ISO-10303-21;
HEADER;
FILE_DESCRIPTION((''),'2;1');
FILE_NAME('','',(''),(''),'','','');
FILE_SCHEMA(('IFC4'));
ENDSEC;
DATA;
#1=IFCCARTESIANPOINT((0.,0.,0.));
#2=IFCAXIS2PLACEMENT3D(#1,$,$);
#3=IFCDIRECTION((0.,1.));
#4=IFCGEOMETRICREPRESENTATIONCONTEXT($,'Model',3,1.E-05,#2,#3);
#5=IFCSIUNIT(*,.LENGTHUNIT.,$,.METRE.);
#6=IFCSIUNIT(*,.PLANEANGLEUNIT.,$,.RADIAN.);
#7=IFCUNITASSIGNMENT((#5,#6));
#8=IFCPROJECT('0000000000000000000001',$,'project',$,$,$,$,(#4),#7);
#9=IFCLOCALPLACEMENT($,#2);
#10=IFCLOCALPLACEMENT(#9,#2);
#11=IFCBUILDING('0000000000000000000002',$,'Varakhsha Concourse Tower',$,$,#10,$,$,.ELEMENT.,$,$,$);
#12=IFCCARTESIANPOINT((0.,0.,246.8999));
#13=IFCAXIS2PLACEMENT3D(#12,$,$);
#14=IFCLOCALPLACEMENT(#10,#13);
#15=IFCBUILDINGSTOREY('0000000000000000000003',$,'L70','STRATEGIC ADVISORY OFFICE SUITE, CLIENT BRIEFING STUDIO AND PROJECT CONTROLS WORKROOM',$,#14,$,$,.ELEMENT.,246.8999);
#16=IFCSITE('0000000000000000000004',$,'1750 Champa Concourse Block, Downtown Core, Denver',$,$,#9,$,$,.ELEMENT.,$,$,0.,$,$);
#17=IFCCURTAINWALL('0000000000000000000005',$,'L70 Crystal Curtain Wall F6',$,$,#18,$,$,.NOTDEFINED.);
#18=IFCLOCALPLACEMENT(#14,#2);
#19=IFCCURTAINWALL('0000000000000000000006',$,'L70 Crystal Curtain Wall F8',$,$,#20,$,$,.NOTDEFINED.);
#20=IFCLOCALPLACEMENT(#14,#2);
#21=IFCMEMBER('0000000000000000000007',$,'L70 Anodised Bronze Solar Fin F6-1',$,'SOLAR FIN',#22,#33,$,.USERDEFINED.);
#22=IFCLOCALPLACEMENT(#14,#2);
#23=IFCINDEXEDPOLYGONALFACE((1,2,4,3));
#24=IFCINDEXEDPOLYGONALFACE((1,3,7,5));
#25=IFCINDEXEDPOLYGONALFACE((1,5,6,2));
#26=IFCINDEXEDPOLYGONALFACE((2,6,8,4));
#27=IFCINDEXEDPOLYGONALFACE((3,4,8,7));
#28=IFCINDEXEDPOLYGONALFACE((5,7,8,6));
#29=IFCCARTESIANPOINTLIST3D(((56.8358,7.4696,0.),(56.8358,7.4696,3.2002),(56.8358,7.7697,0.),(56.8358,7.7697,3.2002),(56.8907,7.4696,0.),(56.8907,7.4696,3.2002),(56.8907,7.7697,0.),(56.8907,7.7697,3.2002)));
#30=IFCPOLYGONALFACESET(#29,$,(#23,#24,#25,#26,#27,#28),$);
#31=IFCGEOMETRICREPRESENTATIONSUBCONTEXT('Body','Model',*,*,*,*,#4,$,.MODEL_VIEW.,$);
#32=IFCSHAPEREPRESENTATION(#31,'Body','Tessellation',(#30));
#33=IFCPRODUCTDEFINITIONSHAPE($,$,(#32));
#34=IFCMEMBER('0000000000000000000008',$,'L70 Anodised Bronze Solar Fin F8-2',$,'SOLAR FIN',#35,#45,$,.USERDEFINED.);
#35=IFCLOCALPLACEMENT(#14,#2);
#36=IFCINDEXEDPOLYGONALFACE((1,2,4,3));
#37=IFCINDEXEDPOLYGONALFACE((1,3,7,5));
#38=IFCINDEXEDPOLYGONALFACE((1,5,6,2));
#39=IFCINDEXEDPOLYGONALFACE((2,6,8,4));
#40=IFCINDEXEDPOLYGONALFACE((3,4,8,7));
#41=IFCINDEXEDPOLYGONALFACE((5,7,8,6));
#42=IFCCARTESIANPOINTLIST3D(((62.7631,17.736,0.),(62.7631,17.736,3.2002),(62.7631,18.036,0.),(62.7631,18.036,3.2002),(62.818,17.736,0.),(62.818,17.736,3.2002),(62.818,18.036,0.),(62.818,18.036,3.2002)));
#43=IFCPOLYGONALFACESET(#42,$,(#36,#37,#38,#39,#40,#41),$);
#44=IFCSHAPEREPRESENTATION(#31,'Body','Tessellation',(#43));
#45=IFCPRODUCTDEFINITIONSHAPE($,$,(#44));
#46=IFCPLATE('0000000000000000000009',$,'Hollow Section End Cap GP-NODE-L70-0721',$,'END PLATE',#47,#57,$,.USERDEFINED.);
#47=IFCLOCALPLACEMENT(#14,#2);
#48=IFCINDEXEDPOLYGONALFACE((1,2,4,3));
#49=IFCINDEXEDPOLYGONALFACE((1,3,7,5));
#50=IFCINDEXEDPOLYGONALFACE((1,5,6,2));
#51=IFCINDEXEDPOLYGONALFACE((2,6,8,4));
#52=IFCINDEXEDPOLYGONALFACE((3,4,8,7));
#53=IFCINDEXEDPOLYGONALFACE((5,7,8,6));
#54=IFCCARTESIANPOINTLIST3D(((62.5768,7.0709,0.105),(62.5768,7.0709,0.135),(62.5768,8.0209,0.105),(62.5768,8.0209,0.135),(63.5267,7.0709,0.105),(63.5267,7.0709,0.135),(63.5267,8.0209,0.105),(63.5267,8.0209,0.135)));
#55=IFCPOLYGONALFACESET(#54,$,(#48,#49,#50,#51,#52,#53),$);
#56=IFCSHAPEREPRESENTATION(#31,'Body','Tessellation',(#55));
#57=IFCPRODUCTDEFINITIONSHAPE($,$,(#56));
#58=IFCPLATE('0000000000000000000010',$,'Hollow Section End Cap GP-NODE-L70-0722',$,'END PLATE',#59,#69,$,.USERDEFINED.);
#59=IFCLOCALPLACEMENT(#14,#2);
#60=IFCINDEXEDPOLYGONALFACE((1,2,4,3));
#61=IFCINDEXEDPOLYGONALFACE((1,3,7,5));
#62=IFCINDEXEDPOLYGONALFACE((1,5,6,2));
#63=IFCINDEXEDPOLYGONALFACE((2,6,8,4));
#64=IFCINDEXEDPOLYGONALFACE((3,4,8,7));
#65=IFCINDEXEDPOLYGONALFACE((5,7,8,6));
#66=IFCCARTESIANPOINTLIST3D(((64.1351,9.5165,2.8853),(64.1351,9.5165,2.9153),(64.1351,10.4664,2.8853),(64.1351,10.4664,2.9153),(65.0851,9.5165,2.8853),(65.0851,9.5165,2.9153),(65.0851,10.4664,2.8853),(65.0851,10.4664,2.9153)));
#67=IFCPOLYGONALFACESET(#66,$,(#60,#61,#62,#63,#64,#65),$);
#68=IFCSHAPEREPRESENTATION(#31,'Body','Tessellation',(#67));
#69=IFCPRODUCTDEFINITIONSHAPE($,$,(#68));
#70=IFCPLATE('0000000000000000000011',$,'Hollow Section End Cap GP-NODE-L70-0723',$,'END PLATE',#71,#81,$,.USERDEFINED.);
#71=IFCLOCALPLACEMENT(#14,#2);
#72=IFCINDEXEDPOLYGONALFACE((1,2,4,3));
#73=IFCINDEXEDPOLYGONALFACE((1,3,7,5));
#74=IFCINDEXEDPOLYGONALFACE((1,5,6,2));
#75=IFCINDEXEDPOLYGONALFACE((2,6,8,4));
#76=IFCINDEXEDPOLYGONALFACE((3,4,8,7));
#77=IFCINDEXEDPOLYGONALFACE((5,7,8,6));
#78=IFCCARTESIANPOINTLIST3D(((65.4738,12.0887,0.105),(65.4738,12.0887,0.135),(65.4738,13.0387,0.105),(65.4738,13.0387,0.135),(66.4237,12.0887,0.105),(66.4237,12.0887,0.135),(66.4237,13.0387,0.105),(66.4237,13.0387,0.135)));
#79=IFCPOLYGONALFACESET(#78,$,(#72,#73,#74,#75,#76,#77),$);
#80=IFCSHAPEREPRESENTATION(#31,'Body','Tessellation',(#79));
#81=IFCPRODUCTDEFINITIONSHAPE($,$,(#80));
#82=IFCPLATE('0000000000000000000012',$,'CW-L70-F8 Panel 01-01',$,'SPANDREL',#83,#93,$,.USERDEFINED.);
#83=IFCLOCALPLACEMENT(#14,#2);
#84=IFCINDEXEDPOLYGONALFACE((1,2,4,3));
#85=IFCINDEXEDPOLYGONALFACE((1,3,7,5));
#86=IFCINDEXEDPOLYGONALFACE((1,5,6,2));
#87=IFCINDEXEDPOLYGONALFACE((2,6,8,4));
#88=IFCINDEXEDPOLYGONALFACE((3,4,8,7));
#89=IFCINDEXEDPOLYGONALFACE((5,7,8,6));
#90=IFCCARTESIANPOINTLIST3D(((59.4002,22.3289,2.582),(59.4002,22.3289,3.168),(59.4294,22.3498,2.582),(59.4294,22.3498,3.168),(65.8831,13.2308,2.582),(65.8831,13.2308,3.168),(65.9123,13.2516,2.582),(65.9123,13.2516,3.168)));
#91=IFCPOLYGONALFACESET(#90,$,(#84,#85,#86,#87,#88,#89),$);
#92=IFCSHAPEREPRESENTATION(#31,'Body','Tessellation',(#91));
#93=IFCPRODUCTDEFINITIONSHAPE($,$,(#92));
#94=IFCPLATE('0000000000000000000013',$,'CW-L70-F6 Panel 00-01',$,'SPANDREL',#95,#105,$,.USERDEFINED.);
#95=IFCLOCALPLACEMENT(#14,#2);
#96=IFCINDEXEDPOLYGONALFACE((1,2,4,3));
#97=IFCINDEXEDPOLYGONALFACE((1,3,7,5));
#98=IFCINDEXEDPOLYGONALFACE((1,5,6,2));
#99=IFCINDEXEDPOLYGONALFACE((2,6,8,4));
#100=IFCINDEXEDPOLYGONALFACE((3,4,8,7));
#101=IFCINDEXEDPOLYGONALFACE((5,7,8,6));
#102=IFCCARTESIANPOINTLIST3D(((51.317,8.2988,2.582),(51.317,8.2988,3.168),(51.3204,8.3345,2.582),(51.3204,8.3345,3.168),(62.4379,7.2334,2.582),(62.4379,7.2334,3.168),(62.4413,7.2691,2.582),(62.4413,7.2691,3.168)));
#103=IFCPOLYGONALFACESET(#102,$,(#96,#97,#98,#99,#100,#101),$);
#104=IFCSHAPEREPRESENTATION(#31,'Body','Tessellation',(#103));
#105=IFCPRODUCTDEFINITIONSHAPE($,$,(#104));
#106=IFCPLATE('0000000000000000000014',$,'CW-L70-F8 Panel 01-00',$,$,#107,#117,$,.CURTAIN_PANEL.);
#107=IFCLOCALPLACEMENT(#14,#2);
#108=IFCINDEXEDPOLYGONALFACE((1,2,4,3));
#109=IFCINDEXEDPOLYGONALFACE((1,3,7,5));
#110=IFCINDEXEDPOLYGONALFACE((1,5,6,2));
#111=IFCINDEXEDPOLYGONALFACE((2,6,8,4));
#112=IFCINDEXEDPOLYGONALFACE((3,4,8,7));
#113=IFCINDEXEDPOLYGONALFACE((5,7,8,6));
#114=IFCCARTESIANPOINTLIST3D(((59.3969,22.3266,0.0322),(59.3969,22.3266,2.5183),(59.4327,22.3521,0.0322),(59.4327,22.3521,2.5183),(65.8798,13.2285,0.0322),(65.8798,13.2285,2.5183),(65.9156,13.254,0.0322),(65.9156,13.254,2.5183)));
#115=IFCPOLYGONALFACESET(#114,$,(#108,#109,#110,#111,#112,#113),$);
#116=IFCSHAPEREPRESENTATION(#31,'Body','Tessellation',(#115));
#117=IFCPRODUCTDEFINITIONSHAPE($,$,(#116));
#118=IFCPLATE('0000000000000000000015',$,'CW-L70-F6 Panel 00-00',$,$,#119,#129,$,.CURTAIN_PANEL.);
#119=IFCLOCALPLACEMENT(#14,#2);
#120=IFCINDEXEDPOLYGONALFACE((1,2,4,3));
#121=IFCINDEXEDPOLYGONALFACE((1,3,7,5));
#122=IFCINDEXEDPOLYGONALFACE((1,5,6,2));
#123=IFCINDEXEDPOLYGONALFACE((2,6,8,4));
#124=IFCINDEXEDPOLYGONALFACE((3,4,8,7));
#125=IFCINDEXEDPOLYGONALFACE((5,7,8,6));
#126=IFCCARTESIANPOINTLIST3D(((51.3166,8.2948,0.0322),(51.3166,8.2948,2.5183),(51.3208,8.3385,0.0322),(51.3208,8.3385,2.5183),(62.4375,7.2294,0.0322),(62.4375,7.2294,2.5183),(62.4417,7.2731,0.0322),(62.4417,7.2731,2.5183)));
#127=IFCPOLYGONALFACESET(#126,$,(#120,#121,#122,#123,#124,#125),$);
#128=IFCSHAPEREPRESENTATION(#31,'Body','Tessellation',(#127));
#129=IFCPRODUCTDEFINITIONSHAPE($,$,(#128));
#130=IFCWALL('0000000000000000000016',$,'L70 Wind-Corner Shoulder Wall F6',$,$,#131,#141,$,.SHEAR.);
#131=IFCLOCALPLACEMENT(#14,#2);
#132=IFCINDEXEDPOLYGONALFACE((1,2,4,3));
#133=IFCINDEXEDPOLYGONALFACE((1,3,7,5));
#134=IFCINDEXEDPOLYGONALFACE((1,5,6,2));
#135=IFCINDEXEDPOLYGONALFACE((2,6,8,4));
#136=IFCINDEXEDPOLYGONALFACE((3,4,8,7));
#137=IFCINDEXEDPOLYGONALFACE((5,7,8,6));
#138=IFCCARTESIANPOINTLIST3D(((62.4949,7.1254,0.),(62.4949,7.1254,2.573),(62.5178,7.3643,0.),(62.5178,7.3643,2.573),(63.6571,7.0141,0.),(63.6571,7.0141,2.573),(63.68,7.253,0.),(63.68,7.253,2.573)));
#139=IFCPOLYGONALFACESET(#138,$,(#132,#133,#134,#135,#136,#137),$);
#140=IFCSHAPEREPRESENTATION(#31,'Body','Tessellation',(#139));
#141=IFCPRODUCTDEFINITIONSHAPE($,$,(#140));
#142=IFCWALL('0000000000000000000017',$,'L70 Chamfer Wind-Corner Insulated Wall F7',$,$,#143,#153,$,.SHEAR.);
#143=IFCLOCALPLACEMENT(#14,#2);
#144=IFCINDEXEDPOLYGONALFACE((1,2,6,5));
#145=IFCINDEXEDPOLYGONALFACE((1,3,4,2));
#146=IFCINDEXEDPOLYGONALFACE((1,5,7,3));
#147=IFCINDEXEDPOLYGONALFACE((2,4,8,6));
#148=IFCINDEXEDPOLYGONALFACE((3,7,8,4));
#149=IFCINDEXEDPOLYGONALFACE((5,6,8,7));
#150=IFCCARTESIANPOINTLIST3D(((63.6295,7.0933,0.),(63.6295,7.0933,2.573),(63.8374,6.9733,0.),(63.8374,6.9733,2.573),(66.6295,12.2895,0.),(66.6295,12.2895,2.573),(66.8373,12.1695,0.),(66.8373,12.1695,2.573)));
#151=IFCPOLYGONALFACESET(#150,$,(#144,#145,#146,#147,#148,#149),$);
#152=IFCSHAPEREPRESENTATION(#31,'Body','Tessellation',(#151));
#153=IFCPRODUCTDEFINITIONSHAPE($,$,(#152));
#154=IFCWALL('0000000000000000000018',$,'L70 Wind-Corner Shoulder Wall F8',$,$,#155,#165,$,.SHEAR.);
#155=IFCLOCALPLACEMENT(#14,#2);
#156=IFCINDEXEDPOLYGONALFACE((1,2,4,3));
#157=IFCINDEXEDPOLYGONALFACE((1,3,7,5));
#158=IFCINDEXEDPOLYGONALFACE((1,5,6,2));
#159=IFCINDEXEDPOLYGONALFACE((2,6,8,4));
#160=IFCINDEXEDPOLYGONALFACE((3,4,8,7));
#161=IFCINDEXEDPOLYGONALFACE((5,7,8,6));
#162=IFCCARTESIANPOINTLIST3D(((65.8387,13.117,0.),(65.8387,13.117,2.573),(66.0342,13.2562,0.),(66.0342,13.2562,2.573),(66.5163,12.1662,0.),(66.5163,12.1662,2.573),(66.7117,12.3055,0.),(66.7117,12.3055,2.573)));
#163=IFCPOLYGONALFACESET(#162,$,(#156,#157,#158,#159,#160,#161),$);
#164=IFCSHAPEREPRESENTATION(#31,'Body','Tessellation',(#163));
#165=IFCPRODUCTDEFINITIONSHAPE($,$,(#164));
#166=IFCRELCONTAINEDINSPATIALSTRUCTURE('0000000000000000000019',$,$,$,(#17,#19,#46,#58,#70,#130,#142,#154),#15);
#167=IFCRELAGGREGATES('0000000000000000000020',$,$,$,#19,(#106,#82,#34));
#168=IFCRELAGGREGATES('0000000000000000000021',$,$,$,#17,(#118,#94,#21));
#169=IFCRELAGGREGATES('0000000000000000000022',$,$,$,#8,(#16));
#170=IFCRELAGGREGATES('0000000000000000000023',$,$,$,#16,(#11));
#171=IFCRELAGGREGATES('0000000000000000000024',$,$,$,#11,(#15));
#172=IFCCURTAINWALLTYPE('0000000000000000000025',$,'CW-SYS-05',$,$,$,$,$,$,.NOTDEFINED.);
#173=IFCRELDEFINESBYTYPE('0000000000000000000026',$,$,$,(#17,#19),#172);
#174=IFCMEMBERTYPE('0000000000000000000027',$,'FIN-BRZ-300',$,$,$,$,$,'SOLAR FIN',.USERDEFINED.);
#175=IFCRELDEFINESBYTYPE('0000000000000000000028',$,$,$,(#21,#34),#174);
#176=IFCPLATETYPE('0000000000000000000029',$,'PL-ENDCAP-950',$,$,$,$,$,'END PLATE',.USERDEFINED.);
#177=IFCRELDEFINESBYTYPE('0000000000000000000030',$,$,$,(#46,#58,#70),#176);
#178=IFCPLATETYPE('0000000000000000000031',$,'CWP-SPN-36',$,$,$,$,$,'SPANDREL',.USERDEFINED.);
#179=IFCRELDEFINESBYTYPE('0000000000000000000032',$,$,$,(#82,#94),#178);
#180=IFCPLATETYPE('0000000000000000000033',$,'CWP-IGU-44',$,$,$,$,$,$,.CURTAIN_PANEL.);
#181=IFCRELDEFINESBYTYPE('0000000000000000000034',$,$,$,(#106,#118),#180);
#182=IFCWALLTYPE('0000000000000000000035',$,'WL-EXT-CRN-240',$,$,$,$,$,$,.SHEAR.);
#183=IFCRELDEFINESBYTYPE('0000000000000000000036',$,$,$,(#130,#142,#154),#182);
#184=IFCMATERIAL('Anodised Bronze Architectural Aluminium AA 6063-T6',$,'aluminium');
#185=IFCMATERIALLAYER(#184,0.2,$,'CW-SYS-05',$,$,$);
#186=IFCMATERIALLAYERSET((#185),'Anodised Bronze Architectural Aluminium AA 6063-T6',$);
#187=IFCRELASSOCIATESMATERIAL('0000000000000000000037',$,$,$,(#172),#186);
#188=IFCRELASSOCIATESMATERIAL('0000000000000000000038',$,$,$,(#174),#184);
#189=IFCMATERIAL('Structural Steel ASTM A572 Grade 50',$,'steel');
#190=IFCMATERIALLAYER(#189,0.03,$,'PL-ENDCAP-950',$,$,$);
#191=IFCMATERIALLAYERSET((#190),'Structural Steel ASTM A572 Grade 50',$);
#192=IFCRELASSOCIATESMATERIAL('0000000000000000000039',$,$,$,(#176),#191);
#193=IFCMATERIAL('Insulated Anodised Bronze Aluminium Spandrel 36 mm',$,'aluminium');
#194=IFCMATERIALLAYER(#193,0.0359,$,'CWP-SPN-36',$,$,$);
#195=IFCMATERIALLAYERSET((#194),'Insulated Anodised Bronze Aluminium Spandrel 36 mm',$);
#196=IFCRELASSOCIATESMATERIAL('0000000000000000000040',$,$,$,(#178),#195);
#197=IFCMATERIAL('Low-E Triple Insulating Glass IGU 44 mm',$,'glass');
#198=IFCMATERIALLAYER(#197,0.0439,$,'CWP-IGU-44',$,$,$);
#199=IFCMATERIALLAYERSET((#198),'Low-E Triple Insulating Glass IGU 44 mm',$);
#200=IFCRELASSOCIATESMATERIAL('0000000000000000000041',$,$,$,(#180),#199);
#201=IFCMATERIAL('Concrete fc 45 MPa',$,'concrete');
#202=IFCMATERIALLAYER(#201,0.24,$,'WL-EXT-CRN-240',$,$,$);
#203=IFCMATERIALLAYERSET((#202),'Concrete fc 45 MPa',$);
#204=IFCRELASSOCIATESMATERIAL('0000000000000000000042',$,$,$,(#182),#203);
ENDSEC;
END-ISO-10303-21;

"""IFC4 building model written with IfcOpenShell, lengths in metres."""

from ifc_helpers import new_model, si_unit, direction, frame, frame_2d, origin, origin_2d, place, context, subcontext, project, spatial, rectangle, extrude, source, transform, mapped, material, layer, layer_set, material_profile, profile_set, type_object, type_shapes, element, aggregate, save


model = new_model("IFC4")

# Units and contexts
model_context = context("Model", 3, precision=1e-05, world=origin(), true_north=direction((0.0, 1.0)))
body_context = subcontext(model_context, "Body", "Model", "MODEL_VIEW")
ifc_project = project(units=[si_unit("LENGTHUNIT", "METRE"), si_unit("PLANEANGLEUNIT", "RADIAN")], contexts=[model_context])

# Site, building, storey
site_placement = place(None, origin())
site = spatial("IfcSite", under=ifc_project, at=site_placement, Name="1750 Champa Concourse Block, Downtown Core, Denver", CompositionType="ELEMENT", RefElevation=0.0)
building_placement = place(site_placement, origin())
building = spatial("IfcBuilding", under=site, at=building_placement, Name="Varakhsha Concourse Tower", CompositionType="ELEMENT")
storey_placement = place(building_placement, frame((0.0, 0.0, 246.8999)))
storey = spatial("IfcBuildingStorey", under=building, at=storey_placement, Name="L70", Description="STRATEGIC ADVISORY OFFICE SUITE, CLIENT BRIEFING STUDIO AND PROJECT CONTROLS WORKROOM", CompositionType="ELEMENT", Elevation=246.8999)

# Shared definitions
ifc_material_1 = material(Name="Structural Steel ASTM A572 Grade 50", Category="steel")

# Curtain walls
ifc_material_2 = material(Name="Anodised Bronze Architectural Aluminium AA 6063-T6", Category="aluminium")
ifc_layer_1 = layer(ifc_material_2, 0.2, Name="CW-SYS-05")
ifc_layer_set_1 = layer_set([ifc_layer_1], Name="Anodised Bronze Architectural Aluminium AA 6063-T6")
curtain_wall_type = type_object("IfcCurtainWallType", Name="CW-SYS-05", PredefinedType="NOTDEFINED", material=ifc_layer_set_1)
curtain_wall_1_placement = place(storey_placement, origin())
curtain_wall_1 = element("IfcCurtainWall", 1, at=curtain_wall_1_placement, inside=storey, type_object=curtain_wall_type, Name="L70 Crystal Curtain Wall F6", PredefinedType="NOTDEFINED")
curtain_wall_2_placement = place(storey_placement, origin())
curtain_wall_2 = element("IfcCurtainWall", 2, at=curtain_wall_2_placement, inside=storey, type_object=curtain_wall_type, Name="L70 Crystal Curtain Wall F8", PredefinedType="NOTDEFINED")

# Members
ifc_material_profile_1 = material_profile(ifc_material_2, rectangle(XDim=0.0549, YDim=0.3, at=origin_2d()), Name="FIN-BRZ-300")
ifc_profile_set_1 = profile_set([ifc_material_profile_1], Name="Anodised Bronze Architectural Aluminium AA 6063-T6")
member_type_1 = type_object("IfcMemberType", Name="FIN-BRZ-300", ElementType="SOLAR FIN", PredefinedType="USERDEFINED", material=ifc_profile_set_1)
shared_shape_1 = source(origin(), body_context, "Body", "SweptSolid", [
    extrude(rectangle(XDim=0.0549, YDim=0.3, at=origin_2d()), origin(), (0.0, 0.0, 1.0), 3.2002),
])
type_shapes(member_type_1, [shared_shape_1])
member_1_placement = place(storey_placement, frame((56.8633, 7.6196, 0.0), z_axis=(0.0, 0.0, 1.0), x_axis=(1.0, 0.0, 0.0)))
member_1 = element("IfcMember", 3, at=member_1_placement, type_object=member_type_1, Name="L70 Anodised Bronze Solar Fin F6-1", ObjectType="SOLAR FIN", PredefinedType="USERDEFINED", context=body_context, shape_type="MappedRepresentation", body=[
    mapped(shared_shape_1, transform((0.0, 0.0, 0.0), scale=1.0)),
])
member_2_placement = place(storey_placement, frame((62.7905, 17.886, 0.0), z_axis=(0.0, 0.0, 1.0), x_axis=(1.0, 0.0, 0.0)))
member_2 = element("IfcMember", 4, at=member_2_placement, type_object=member_type_1, Name="L70 Anodised Bronze Solar Fin F8-2", ObjectType="SOLAR FIN", PredefinedType="USERDEFINED", context=body_context, shape_type="MappedRepresentation", body=[
    mapped(shared_shape_1, transform((0.0, 0.0, 0.0), scale=1.0)),
])

# Plates
ifc_layer_2 = layer(ifc_material_1, 0.03, Name="PL-ENDCAP-950")
ifc_layer_set_2 = layer_set([ifc_layer_2], Name="Structural Steel ASTM A572 Grade 50")
plate_type_1 = type_object("IfcPlateType", Name="PL-ENDCAP-950", ElementType="END PLATE", PredefinedType="USERDEFINED", material=ifc_layer_set_2)
shared_shape_2 = source(origin(), body_context, "Body", "SweptSolid", [
    extrude(rectangle(XDim=0.95, YDim=0.95, at=origin_2d()), origin(), (0.0, 0.0, 1.0), 0.03),
])
type_shapes(plate_type_1, [shared_shape_2])
for number, where, z_axis, x_axis, name in (
    (5, (63.0518, 7.5459, 0.105), (0.0, 0.0, 1.0), (1.0, 0.0, 0.0), "Hollow Section End Cap GP-NODE-L70-0721"),
    (6, (64.6101, 9.9915, 2.8853), (0.0, 0.0, 1.0), (1.0, 0.0, 0.0), "Hollow Section End Cap GP-NODE-L70-0722"),
    (7, (65.9487, 12.5637, 0.105), (0.0, 0.0, 1.0), (1.0, 0.0, 0.0), "Hollow Section End Cap GP-NODE-L70-0723"),
):
    element("IfcPlate", number, at=place(storey_placement, frame(where, z_axis=z_axis, x_axis=x_axis)), inside=storey, type_object=plate_type_1, Name=name, ObjectType="END PLATE", PredefinedType="USERDEFINED", context=body_context, shape_type="MappedRepresentation", body=[
        mapped(shared_shape_2, transform((0.0, 0.0, 0.0), scale=1.0)),
    ])

# Plates
ifc_material_3 = material(Name="Insulated Anodised Bronze Aluminium Spandrel 36 mm", Category="aluminium")
ifc_layer_3 = layer(ifc_material_3, 0.0359, Name="CWP-SPN-36")
ifc_layer_set_3 = layer_set([ifc_layer_3], Name="Insulated Anodised Bronze Aluminium Spandrel 36 mm")
plate_type_2 = type_object("IfcPlateType", Name="CWP-SPN-36", ElementType="SPANDREL", PredefinedType="USERDEFINED", material=ifc_layer_set_3)
shared_shape_3 = source(origin(), body_context, "Body", "SweptSolid", [
    extrude(rectangle(XDim=11.1716, YDim=0.0359, at=origin_2d()), origin(), (0.0, 0.0, 1.0), 0.5859),
])
plate_1_placement = place(storey_placement, frame((62.6562, 17.7903, 2.582), z_axis=(0.0, 0.0, 1.0), x_axis=(0.580306, -0.814398, 0.0)))
plate_1 = element("IfcPlate", 8, at=plate_1_placement, type_object=plate_type_2, Name="CW-L70-F8 Panel 01-01", ObjectType="SPANDREL", PredefinedType="USERDEFINED", context=body_context, shape_type="MappedRepresentation", body=[
    mapped(shared_shape_3, transform((0.0, 0.0, 0.0), scale=1.0)),
])
shared_shape_4 = source(origin(), body_context, "Body", "SweptSolid", [
    extrude(rectangle(XDim=11.1719, YDim=0.0359, at=origin_2d()), origin(), (0.0, 0.0, 1.0), 0.5859),
])
type_shapes(plate_type_2, [shared_shape_3, shared_shape_4])
plate_2_placement = place(storey_placement, frame((56.8792, 7.7839, 2.582), z_axis=(0.0, 0.0, 1.0), x_axis=(-0.995443, 0.095363, 0.0)))
plate_2 = element("IfcPlate", 9, at=plate_2_placement, type_object=plate_type_2, Name="CW-L70-F6 Panel 00-01", ObjectType="SPANDREL", PredefinedType="USERDEFINED", context=body_context, shape_type="MappedRepresentation", body=[
    mapped(shared_shape_4, transform((0.0, 0.0, 0.0), scale=1.0)),
])
ifc_material_4 = material(Name="Low-E Triple Insulating Glass IGU 44 mm", Category="glass")
ifc_layer_4 = layer(ifc_material_4, 0.0439, Name="CWP-IGU-44")
ifc_layer_set_4 = layer_set([ifc_layer_4], Name="Low-E Triple Insulating Glass IGU 44 mm")
plate_type_3 = type_object("IfcPlateType", Name="CWP-IGU-44", PredefinedType="CURTAIN_PANEL", material=ifc_layer_set_4)
shared_shape_5 = source(origin(), body_context, "Body", "SweptSolid", [
    extrude(rectangle(XDim=11.1716, YDim=0.0439, at=origin_2d()), origin(), (0.0, 0.0, 1.0), 2.4861),
])
plate_3_placement = place(storey_placement, frame((62.6562, 17.7903, 0.0322), z_axis=(0.0, 0.0, 1.0), x_axis=(0.580306, -0.814398, 0.0)))
plate_3 = element("IfcPlate", 10, at=plate_3_placement, type_object=plate_type_3, Name="CW-L70-F8 Panel 01-00", PredefinedType="CURTAIN_PANEL", context=body_context, shape_type="MappedRepresentation", body=[
    mapped(shared_shape_5, transform((0.0, 0.0, 0.0), scale=1.0)),
])
aggregate(curtain_wall_2, [plate_3, plate_1, member_2])
shared_shape_6 = source(origin(), body_context, "Body", "SweptSolid", [
    extrude(rectangle(XDim=11.1719, YDim=0.0439, at=origin_2d()), origin(), (0.0, 0.0, 1.0), 2.4861),
])
type_shapes(plate_type_3, [shared_shape_5, shared_shape_6])
plate_4_placement = place(storey_placement, frame((56.8792, 7.7839, 0.0322), z_axis=(0.0, 0.0, 1.0), x_axis=(-0.995443, 0.095363, 0.0)))
plate_4 = element("IfcPlate", 11, at=plate_4_placement, type_object=plate_type_3, Name="CW-L70-F6 Panel 00-00", PredefinedType="CURTAIN_PANEL", context=body_context, shape_type="MappedRepresentation", body=[
    mapped(shared_shape_6, transform((0.0, 0.0, 0.0), scale=1.0)),
])
aggregate(curtain_wall_1, [plate_4, plate_2, member_1])

# Walls
ifc_material_5 = material(Name="Concrete fc 45 MPa", Category="concrete")
ifc_layer_5 = layer(ifc_material_5, 0.24, Name="WL-EXT-CRN-240")
ifc_layer_set_5 = layer_set([ifc_layer_5], Name="Concrete fc 45 MPa")
wall_type = type_object("IfcWallType", Name="WL-EXT-CRN-240", PredefinedType="SHEAR", material=ifc_layer_set_5)
wall_1_placement = place(storey_placement, frame((62.5063, 7.2449, 0.0), z_axis=(0.0, 0.0, 1.0), x_axis=(0.995443, -0.095362, 0.0)))
element("IfcWall", 12, at=wall_1_placement, inside=storey, type_object=wall_type, Name="L70 Wind-Corner Shoulder Wall F6", PredefinedType="SHEAR", context=body_context, shape_type="SweptSolid", body=[
    extrude(rectangle(XDim=1.1675, YDim=0.24, at=frame_2d((0.5837, 0.0))), origin(), (0.0, 0.0, 1.0), 2.573),
])
wall_2_placement = place(storey_placement, frame((66.7334, 12.2295, 0.0), z_axis=(0.0, 0.0, 1.0), x_axis=(-0.49999, -0.866031, 0.0)))
element("IfcWall", 13, at=wall_2_placement, inside=storey, type_object=wall_type, Name="L70 Chamfer Wind-Corner Insulated Wall F7", PredefinedType="SHEAR", context=body_context, shape_type="SweptSolid", body=[
    extrude(rectangle(XDim=6.0, YDim=0.24, at=frame_2d((3.0, 0.0))), origin(), (0.0, 0.0, 1.0), 2.573),
])
wall_3_placement = place(storey_placement, frame((66.614, 12.2358, 0.0), z_axis=(0.0, 0.0, 1.0), x_axis=(-0.580348, 0.814369, 0.0)))
element("IfcWall", 14, at=wall_3_placement, inside=storey, type_object=wall_type, Name="L70 Wind-Corner Shoulder Wall F8", PredefinedType="SHEAR", context=body_context, shape_type="SweptSolid", body=[
    extrude(rectangle(XDim=1.1675, YDim=0.24, at=frame_2d((0.5837, 0.0))), origin(), (0.0, 0.0, 1.0), 2.573),
])

save(model, "model.ifc")
